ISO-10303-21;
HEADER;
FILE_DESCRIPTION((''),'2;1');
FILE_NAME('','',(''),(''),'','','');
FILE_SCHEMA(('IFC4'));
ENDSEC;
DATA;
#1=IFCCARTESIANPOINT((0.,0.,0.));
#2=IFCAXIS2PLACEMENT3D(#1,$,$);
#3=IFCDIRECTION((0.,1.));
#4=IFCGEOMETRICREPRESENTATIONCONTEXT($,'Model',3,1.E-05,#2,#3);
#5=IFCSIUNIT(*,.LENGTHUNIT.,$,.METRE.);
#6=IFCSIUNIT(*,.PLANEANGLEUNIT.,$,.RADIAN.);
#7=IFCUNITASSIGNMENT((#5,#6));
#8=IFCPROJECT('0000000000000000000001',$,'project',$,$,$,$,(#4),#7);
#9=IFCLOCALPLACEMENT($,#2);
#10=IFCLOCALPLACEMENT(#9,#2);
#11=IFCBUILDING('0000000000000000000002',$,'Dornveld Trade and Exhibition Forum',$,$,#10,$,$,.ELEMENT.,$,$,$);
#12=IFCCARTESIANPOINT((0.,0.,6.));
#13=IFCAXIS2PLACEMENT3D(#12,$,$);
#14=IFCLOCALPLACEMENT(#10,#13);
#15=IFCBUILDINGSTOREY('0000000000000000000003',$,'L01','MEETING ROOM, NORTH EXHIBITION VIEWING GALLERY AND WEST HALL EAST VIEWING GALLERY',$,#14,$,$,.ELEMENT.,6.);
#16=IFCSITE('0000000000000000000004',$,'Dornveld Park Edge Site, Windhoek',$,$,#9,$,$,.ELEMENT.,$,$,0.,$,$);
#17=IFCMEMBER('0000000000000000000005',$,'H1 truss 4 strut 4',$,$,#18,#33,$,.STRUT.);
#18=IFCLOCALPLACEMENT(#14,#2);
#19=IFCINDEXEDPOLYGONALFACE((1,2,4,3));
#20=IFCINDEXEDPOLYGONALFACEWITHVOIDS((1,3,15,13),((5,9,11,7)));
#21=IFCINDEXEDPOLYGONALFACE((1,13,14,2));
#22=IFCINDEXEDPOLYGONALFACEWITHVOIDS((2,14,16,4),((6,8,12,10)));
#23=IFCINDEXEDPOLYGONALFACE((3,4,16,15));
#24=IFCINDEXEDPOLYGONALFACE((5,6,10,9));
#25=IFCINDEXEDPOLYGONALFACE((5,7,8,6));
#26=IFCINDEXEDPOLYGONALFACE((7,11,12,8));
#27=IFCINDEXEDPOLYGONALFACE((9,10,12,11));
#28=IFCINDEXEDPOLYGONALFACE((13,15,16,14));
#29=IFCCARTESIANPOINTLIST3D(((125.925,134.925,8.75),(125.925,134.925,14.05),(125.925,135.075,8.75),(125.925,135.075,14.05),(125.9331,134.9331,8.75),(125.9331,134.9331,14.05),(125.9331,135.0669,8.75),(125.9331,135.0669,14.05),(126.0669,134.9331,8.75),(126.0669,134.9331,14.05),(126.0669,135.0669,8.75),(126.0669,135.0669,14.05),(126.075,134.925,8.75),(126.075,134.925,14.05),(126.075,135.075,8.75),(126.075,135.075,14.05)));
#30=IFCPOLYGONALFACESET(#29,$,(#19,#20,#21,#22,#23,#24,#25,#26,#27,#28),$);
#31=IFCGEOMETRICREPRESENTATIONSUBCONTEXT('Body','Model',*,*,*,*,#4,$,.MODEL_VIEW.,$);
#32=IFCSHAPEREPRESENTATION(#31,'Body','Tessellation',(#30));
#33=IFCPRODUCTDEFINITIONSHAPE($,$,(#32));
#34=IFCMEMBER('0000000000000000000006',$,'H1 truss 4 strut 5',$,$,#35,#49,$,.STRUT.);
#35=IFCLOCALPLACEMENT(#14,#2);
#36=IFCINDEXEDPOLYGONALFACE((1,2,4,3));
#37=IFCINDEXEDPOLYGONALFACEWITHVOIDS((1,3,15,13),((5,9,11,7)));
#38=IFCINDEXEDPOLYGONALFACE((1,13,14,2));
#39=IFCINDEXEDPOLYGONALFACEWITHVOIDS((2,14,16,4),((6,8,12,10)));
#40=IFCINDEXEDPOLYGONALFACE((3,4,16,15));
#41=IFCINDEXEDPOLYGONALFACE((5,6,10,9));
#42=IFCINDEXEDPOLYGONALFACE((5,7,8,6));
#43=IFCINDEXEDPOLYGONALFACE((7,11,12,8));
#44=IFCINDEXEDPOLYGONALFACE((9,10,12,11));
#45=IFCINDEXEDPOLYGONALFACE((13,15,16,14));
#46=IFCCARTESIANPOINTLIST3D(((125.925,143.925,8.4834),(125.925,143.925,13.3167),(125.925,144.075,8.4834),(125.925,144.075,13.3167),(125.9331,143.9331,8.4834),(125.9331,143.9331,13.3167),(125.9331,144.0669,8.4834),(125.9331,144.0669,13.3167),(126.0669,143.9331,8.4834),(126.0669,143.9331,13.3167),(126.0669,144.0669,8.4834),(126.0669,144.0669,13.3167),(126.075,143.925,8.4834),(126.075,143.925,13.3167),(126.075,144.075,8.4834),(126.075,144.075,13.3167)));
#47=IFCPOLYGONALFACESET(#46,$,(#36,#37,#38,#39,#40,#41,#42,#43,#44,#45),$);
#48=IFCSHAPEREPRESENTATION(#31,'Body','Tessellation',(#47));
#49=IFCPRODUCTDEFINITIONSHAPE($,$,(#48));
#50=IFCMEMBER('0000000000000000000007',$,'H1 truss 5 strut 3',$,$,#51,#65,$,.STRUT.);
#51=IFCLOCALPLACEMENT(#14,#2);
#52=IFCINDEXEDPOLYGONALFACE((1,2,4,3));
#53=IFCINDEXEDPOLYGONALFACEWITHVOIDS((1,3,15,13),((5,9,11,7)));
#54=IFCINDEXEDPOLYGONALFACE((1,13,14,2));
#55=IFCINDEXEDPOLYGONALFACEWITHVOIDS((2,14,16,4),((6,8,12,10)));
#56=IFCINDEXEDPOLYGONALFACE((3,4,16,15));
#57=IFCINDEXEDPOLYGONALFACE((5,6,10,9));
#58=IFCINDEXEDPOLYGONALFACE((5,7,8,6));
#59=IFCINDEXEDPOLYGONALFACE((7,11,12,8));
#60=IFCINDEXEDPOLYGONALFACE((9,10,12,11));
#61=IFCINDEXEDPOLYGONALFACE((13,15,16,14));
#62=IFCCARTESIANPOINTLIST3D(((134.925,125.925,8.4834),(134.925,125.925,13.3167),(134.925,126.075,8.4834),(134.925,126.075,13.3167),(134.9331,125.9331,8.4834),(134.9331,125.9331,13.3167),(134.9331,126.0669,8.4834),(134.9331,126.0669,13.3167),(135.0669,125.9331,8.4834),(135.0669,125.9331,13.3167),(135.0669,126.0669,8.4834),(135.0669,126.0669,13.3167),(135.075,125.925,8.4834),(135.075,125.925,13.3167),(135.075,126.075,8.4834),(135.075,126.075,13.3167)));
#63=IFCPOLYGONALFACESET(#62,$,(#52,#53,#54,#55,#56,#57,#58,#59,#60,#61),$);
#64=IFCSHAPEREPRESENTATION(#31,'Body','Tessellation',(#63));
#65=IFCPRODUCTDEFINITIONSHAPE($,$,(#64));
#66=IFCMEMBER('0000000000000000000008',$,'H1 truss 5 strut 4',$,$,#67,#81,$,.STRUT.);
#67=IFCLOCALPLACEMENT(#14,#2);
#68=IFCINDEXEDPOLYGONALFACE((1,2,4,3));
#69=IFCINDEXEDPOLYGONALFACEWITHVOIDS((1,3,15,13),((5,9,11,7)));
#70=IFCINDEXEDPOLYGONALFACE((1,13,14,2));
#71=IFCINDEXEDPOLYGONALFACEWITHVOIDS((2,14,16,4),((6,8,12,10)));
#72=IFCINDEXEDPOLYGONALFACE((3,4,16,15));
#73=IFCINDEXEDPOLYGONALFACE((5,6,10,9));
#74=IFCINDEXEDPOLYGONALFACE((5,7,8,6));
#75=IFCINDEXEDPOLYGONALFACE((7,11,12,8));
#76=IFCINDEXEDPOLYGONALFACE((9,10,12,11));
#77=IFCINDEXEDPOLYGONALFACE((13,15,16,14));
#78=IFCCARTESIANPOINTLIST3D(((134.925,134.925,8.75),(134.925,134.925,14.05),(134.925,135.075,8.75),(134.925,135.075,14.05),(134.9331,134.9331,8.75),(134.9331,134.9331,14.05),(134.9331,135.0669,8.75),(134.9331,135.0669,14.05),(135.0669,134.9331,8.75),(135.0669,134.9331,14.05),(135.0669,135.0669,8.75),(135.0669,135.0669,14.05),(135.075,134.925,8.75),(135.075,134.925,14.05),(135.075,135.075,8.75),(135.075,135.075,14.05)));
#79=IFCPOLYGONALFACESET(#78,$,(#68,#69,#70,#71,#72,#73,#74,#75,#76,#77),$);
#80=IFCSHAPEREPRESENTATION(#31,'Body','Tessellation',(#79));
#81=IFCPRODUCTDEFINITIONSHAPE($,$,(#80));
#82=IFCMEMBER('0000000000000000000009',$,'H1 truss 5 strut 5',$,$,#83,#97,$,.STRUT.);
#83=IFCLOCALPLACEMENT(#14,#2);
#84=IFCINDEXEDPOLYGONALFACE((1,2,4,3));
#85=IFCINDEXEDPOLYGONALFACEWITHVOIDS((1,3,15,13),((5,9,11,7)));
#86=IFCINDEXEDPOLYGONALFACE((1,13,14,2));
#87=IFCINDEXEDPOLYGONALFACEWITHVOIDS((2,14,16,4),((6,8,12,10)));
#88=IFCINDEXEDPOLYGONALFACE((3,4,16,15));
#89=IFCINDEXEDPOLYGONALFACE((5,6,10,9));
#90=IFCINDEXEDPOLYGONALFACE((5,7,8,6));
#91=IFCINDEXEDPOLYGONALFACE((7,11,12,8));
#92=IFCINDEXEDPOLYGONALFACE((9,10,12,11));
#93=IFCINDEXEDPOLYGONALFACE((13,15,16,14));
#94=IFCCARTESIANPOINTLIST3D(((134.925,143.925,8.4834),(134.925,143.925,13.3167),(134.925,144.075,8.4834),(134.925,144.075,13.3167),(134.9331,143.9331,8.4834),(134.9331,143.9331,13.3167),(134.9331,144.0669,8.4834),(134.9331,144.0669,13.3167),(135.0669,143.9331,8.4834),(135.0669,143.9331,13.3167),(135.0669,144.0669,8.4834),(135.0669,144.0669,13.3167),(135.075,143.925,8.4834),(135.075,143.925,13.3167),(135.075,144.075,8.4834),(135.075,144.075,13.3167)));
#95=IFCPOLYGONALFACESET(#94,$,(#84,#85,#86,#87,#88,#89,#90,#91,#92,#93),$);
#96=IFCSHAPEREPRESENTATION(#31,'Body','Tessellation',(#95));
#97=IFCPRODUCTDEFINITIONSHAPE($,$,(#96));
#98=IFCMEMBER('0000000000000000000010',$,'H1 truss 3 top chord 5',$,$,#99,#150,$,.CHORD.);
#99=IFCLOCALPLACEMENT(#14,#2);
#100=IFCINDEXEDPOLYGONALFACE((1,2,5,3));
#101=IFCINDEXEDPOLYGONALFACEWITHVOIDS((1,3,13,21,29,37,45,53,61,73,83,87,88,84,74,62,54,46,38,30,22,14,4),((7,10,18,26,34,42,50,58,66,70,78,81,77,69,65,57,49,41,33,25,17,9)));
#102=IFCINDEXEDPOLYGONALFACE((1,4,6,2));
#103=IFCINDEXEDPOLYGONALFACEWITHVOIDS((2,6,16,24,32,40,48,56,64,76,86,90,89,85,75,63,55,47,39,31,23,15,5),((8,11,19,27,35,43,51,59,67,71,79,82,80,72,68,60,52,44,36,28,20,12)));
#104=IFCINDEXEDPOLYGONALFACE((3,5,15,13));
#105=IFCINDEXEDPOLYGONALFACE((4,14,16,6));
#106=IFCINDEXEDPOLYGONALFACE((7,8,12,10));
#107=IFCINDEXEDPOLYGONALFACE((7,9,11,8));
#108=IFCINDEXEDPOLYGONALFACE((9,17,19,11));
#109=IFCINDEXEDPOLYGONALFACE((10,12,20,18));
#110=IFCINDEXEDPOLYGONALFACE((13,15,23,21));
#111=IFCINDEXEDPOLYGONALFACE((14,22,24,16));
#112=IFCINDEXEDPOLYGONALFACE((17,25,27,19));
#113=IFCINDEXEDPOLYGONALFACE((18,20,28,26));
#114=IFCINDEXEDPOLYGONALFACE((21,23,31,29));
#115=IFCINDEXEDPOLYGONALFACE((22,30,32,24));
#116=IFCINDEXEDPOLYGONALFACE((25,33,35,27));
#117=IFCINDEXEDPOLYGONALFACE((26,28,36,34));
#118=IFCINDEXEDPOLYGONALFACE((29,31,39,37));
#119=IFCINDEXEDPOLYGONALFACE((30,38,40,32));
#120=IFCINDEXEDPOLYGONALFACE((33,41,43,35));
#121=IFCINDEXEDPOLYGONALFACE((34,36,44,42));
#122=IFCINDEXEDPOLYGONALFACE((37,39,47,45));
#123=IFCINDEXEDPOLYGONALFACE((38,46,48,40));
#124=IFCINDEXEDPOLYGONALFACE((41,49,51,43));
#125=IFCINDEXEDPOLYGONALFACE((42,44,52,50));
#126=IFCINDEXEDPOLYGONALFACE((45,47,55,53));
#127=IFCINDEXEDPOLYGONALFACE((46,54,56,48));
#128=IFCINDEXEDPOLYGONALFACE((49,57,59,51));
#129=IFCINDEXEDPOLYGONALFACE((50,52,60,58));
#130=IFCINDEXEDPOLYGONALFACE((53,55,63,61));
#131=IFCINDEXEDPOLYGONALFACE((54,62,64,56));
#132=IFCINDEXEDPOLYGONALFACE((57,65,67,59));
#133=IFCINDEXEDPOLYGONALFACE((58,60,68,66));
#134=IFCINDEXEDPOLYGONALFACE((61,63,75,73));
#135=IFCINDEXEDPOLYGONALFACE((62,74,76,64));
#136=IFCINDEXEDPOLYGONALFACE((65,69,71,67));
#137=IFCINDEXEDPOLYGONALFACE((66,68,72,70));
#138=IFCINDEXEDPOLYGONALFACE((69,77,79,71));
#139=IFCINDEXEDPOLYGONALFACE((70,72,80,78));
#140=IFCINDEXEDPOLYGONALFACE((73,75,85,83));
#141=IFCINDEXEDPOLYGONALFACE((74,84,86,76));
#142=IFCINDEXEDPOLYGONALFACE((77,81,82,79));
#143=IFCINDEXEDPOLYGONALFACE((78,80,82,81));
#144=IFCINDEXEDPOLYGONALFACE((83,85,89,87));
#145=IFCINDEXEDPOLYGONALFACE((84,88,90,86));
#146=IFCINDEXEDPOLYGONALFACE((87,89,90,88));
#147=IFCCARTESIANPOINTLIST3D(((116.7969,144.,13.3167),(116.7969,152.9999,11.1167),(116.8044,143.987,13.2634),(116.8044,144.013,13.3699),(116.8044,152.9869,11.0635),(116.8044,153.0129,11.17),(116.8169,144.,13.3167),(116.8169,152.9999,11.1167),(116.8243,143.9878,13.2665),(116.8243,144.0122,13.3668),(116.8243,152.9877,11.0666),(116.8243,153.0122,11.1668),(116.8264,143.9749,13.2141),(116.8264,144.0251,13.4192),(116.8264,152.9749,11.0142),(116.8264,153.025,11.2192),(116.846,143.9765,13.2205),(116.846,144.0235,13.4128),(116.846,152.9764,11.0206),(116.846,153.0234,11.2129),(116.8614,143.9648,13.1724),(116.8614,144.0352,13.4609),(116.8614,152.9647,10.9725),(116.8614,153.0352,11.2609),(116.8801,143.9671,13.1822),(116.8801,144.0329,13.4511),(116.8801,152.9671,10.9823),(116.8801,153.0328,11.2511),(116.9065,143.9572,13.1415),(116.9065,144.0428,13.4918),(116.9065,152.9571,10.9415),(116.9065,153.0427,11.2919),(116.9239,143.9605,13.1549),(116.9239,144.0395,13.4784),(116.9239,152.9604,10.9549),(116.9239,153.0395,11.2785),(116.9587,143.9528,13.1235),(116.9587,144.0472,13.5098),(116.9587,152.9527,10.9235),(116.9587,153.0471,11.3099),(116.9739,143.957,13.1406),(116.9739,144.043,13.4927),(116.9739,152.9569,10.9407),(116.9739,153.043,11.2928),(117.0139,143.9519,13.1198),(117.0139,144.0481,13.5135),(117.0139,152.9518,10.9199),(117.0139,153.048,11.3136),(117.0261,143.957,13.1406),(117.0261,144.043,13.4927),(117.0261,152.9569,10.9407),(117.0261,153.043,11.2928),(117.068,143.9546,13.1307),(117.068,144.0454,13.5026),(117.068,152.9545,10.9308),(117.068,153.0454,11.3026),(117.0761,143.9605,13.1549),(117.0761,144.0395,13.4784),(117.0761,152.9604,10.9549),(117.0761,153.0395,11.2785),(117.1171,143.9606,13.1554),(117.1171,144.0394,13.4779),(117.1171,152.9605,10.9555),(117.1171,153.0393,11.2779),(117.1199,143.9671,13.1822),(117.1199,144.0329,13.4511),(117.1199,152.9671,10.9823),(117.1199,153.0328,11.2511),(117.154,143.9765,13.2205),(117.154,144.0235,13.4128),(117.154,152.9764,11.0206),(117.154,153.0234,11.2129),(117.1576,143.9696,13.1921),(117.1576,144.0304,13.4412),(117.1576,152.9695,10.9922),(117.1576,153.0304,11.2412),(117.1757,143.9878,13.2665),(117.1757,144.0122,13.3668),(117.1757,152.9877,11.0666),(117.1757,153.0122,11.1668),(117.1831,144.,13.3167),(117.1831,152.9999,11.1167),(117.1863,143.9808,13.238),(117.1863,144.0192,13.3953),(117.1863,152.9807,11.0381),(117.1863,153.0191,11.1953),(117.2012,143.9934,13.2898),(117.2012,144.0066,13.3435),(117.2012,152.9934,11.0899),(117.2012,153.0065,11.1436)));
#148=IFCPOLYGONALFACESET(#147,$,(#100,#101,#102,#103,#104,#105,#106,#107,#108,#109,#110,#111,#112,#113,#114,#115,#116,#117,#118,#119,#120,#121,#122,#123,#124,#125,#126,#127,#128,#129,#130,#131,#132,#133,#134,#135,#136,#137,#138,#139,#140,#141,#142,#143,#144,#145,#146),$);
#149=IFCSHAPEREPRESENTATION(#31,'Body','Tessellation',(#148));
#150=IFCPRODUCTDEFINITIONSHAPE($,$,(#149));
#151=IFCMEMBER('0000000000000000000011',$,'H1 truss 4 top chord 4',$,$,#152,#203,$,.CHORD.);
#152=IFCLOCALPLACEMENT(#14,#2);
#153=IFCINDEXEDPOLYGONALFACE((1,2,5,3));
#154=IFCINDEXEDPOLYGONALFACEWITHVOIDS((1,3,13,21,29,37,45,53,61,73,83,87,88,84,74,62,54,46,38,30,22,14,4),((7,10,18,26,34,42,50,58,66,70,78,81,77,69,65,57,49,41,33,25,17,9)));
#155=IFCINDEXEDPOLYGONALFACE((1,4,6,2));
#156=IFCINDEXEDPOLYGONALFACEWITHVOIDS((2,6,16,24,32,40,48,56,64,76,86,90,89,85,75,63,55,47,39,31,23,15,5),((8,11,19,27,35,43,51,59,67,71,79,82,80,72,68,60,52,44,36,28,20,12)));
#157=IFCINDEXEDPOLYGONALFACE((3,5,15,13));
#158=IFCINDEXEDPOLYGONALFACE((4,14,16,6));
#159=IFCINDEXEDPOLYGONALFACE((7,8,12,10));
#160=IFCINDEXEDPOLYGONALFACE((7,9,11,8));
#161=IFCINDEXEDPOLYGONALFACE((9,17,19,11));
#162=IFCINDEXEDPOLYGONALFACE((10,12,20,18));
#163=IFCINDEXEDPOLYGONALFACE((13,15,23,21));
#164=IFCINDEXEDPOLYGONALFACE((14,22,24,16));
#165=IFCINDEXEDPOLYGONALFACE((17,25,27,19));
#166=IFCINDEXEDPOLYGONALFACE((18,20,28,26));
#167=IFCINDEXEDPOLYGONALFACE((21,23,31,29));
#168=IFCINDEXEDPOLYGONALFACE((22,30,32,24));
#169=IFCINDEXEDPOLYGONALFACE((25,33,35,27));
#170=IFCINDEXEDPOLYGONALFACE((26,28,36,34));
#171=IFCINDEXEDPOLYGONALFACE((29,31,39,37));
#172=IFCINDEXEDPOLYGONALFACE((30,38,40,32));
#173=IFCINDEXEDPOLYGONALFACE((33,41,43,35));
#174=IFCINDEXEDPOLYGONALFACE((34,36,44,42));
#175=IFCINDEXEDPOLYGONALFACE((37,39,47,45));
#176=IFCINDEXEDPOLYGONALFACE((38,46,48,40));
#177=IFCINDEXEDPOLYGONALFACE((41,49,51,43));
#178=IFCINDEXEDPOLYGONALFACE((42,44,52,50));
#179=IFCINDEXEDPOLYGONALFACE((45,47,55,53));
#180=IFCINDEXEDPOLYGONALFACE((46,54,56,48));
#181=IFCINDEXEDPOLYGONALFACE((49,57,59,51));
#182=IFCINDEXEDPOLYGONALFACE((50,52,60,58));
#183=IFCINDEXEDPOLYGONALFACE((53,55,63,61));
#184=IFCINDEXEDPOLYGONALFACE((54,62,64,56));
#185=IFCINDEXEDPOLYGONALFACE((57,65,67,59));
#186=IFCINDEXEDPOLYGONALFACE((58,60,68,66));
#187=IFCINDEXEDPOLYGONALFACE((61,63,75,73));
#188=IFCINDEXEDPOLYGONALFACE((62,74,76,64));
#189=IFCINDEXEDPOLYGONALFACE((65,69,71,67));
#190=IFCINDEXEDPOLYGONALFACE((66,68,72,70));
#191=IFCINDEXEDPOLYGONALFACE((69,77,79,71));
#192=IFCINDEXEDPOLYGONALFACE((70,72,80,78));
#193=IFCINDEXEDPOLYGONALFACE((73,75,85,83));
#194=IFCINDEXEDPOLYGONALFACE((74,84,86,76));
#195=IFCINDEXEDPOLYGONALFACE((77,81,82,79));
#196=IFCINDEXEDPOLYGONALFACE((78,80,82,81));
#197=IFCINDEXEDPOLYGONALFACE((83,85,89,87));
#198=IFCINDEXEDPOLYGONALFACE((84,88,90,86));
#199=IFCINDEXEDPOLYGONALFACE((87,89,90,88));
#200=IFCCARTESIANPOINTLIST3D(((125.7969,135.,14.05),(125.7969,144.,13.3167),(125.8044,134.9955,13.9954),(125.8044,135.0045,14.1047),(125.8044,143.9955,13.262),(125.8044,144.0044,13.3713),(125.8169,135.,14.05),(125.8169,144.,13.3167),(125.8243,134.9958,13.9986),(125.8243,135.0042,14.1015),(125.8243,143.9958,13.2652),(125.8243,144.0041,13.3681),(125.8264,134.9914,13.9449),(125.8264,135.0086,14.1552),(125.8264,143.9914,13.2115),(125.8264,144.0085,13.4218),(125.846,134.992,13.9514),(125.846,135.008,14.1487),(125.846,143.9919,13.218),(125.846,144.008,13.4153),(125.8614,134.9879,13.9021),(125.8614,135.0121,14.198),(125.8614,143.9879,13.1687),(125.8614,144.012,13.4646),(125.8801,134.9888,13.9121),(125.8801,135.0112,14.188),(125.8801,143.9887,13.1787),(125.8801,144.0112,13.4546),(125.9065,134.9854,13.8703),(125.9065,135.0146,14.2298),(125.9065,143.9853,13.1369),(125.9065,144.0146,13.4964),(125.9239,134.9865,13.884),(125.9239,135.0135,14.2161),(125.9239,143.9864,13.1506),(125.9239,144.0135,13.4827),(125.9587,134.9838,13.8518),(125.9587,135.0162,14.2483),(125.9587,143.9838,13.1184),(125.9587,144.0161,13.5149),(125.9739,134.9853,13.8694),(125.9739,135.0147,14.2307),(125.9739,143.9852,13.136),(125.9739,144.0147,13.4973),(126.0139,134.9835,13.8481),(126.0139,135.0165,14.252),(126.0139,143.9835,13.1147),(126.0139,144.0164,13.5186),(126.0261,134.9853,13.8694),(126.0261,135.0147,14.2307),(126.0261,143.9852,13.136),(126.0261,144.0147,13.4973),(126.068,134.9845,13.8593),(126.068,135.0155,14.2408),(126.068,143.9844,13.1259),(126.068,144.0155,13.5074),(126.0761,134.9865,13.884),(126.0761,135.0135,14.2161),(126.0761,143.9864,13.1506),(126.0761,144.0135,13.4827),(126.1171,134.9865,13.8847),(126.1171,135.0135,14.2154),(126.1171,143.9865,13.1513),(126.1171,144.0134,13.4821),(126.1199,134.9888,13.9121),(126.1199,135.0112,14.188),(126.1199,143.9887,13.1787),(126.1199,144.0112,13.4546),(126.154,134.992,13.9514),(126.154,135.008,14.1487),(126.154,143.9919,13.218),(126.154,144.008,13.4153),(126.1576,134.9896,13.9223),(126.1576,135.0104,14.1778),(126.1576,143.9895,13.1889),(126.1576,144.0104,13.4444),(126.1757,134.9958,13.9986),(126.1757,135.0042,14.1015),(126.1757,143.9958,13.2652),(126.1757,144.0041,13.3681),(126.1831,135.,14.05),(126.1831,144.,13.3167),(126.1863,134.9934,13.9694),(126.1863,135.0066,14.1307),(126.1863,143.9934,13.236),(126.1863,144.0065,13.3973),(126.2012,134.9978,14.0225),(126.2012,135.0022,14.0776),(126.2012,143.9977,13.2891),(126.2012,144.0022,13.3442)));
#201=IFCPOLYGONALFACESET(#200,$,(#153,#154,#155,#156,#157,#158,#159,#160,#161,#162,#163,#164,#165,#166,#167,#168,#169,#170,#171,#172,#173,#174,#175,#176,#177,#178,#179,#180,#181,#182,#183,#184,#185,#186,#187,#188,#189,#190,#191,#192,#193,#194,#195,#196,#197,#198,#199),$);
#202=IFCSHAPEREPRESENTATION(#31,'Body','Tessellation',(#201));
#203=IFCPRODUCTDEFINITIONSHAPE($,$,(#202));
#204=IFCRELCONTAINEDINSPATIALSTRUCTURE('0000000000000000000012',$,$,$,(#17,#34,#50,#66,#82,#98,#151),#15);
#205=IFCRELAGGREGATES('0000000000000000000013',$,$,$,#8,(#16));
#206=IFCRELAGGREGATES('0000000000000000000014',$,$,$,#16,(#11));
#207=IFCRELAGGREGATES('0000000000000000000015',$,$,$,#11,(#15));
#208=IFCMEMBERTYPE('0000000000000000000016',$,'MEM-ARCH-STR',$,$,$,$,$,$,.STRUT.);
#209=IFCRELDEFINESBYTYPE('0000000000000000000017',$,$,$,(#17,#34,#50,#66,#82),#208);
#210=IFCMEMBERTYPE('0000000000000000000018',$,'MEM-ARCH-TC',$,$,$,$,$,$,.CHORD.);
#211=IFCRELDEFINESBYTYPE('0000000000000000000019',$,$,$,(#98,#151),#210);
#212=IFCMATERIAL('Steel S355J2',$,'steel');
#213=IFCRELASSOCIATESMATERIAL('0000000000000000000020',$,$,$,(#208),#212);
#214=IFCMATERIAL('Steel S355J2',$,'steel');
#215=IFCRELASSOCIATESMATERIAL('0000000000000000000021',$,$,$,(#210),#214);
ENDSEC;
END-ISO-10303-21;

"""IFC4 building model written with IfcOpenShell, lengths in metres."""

from ifc_helpers import new_model, si_unit, direction, frame, origin, origin_2d, place, context, subcontext, project, spatial, hollow_rectangle, hollow_circle, extrude, material, material_profile, profile_set, type_object, element, save


model = new_model("IFC4")

# Units and contexts
model_context = context("Model", 3, precision=1e-05, world=origin(), true_north=direction((0.0, 1.0)))
body_context = subcontext(model_context, "Body", "Model", "MODEL_VIEW")
ifc_project = project(units=[si_unit("LENGTHUNIT", "METRE"), si_unit("PLANEANGLEUNIT", "RADIAN")], contexts=[model_context])

# Site, building, storey
site_placement = place(None, origin())
site = spatial("IfcSite", under=ifc_project, at=site_placement, Name="Dornveld Park Edge Site, Windhoek", CompositionType="ELEMENT", RefElevation=0.0)
building_placement = place(site_placement, origin())
building = spatial("IfcBuilding", under=site, at=building_placement, Name="Dornveld Trade and Exhibition Forum", CompositionType="ELEMENT")
storey_placement = place(building_placement, frame((0.0, 0.0, 6.0)))
storey = spatial("IfcBuildingStorey", under=building, at=storey_placement, Name="L01", Description="MEETING ROOM, NORTH EXHIBITION VIEWING GALLERY AND WEST HALL EAST VIEWING GALLERY", CompositionType="ELEMENT", Elevation=6.0)

# Members
ifc_material_1 = material(Name="Steel S355J2", Category="steel")
ifc_material_profile_1 = material_profile(ifc_material_1, hollow_rectangle(XDim=0.1499, YDim=0.1499, WallThickness=0.0081, at=origin_2d()), Name="SHS 150x150x8")
ifc_profile_set_1 = profile_set([ifc_material_profile_1], Name="Steel S355J2")
member_type_1 = type_object("IfcMemberType", Name="MEM-ARCH-STR", PredefinedType="STRUT", material=ifc_profile_set_1)
member_1_placement = place(storey_placement, frame((126.0, 135.0, 8.75), z_axis=(0.0, 0.0, 1.0), x_axis=(1.0, 0.0, 0.0)))
element("IfcMember", 1, at=member_1_placement, inside=storey, type_object=member_type_1, Name="H1 truss 4 strut 4", PredefinedType="STRUT", context=body_context, shape_type="SweptSolid", body=[
    extrude(hollow_rectangle(XDim=0.1499, YDim=0.1499, WallThickness=0.0081, at=origin_2d()), origin(), (0.0, 0.0, 1.0), 5.3),
])
for number, where, z_axis, x_axis, name in (
    (2, (126.0, 144.0, 8.4834), (0.0, 0.0, 1.0), (1.0, 0.0, 0.0), "H1 truss 4 strut 5"),
    (3, (135.0, 126.0, 8.4834), (0.0, 0.0, 1.0), (1.0, 0.0, 0.0), "H1 truss 5 strut 3"),
):
    element("IfcMember", number, at=place(storey_placement, frame(where, z_axis=z_axis, x_axis=x_axis)), inside=storey, type_object=member_type_1, Name=name, PredefinedType="STRUT", context=body_context, shape_type="SweptSolid", body=[
        extrude(hollow_rectangle(XDim=0.1499, YDim=0.1499, WallThickness=0.0081, at=origin_2d()), origin(), (0.0, 0.0, 1.0), 4.8333),
    ])
member_2_placement = place(storey_placement, frame((135.0, 135.0, 8.75), z_axis=(0.0, 0.0, 1.0), x_axis=(1.0, 0.0, 0.0)))
element("IfcMember", 4, at=member_2_placement, inside=storey, type_object=member_type_1, Name="H1 truss 5 strut 4", PredefinedType="STRUT", context=body_context, shape_type="SweptSolid", body=[
    extrude(hollow_rectangle(XDim=0.1499, YDim=0.1499, WallThickness=0.0081, at=origin_2d()), origin(), (0.0, 0.0, 1.0), 5.3),
])
member_3_placement = place(storey_placement, frame((135.0, 144.0, 8.4834), z_axis=(0.0, 0.0, 1.0), x_axis=(1.0, 0.0, 0.0)))
element("IfcMember", 5, at=member_3_placement, inside=storey, type_object=member_type_1, Name="H1 truss 5 strut 5", PredefinedType="STRUT", context=body_context, shape_type="SweptSolid", body=[
    extrude(hollow_rectangle(XDim=0.1499, YDim=0.1499, WallThickness=0.0081, at=origin_2d()), origin(), (0.0, 0.0, 1.0), 4.8333),
])
ifc_material_2 = material(Name="Steel S355J2", Category="steel")
ifc_material_profile_2 = material_profile(ifc_material_2, hollow_circle(Radius=0.2031, WallThickness=0.02, at=origin_2d()), Name="CHS 406.4x20")
ifc_profile_set_2 = profile_set([ifc_material_profile_2], Name="Steel S355J2")
member_type_2 = type_object("IfcMemberType", Name="MEM-ARCH-TC", PredefinedType="CHORD", material=ifc_profile_set_2)
member_4_placement = place(storey_placement, frame((117.0, 144.0, 13.3167), z_axis=(0.0, 0.9714, -0.237448), x_axis=(-1.0, 0.0, 0.0)))
element("IfcMember", 6, at=member_4_placement, inside=storey, type_object=member_type_2, Name="H1 truss 3 top chord 5", PredefinedType="CHORD", context=body_context, shape_type="SweptSolid", body=[
    extrude(hollow_circle(Radius=0.2031, WallThickness=0.02, at=origin_2d()), origin(), (0.0, 0.0, 1.0), 9.2649),
])
member_5_placement = place(storey_placement, frame((126.0, 135.0, 14.05), z_axis=(0.0, 0.996696, -0.081219), x_axis=(-1.0, 0.0, 0.0)))
element("IfcMember", 7, at=member_5_placement, inside=storey, type_object=member_type_2, Name="H1 truss 4 top chord 4", PredefinedType="CHORD", context=body_context, shape_type="SweptSolid", body=[
    extrude(hollow_circle(Radius=0.2031, WallThickness=0.02, at=origin_2d()), origin(), (0.0, 0.0, 1.0), 9.0298),
])

save(model, "model.ifc")
